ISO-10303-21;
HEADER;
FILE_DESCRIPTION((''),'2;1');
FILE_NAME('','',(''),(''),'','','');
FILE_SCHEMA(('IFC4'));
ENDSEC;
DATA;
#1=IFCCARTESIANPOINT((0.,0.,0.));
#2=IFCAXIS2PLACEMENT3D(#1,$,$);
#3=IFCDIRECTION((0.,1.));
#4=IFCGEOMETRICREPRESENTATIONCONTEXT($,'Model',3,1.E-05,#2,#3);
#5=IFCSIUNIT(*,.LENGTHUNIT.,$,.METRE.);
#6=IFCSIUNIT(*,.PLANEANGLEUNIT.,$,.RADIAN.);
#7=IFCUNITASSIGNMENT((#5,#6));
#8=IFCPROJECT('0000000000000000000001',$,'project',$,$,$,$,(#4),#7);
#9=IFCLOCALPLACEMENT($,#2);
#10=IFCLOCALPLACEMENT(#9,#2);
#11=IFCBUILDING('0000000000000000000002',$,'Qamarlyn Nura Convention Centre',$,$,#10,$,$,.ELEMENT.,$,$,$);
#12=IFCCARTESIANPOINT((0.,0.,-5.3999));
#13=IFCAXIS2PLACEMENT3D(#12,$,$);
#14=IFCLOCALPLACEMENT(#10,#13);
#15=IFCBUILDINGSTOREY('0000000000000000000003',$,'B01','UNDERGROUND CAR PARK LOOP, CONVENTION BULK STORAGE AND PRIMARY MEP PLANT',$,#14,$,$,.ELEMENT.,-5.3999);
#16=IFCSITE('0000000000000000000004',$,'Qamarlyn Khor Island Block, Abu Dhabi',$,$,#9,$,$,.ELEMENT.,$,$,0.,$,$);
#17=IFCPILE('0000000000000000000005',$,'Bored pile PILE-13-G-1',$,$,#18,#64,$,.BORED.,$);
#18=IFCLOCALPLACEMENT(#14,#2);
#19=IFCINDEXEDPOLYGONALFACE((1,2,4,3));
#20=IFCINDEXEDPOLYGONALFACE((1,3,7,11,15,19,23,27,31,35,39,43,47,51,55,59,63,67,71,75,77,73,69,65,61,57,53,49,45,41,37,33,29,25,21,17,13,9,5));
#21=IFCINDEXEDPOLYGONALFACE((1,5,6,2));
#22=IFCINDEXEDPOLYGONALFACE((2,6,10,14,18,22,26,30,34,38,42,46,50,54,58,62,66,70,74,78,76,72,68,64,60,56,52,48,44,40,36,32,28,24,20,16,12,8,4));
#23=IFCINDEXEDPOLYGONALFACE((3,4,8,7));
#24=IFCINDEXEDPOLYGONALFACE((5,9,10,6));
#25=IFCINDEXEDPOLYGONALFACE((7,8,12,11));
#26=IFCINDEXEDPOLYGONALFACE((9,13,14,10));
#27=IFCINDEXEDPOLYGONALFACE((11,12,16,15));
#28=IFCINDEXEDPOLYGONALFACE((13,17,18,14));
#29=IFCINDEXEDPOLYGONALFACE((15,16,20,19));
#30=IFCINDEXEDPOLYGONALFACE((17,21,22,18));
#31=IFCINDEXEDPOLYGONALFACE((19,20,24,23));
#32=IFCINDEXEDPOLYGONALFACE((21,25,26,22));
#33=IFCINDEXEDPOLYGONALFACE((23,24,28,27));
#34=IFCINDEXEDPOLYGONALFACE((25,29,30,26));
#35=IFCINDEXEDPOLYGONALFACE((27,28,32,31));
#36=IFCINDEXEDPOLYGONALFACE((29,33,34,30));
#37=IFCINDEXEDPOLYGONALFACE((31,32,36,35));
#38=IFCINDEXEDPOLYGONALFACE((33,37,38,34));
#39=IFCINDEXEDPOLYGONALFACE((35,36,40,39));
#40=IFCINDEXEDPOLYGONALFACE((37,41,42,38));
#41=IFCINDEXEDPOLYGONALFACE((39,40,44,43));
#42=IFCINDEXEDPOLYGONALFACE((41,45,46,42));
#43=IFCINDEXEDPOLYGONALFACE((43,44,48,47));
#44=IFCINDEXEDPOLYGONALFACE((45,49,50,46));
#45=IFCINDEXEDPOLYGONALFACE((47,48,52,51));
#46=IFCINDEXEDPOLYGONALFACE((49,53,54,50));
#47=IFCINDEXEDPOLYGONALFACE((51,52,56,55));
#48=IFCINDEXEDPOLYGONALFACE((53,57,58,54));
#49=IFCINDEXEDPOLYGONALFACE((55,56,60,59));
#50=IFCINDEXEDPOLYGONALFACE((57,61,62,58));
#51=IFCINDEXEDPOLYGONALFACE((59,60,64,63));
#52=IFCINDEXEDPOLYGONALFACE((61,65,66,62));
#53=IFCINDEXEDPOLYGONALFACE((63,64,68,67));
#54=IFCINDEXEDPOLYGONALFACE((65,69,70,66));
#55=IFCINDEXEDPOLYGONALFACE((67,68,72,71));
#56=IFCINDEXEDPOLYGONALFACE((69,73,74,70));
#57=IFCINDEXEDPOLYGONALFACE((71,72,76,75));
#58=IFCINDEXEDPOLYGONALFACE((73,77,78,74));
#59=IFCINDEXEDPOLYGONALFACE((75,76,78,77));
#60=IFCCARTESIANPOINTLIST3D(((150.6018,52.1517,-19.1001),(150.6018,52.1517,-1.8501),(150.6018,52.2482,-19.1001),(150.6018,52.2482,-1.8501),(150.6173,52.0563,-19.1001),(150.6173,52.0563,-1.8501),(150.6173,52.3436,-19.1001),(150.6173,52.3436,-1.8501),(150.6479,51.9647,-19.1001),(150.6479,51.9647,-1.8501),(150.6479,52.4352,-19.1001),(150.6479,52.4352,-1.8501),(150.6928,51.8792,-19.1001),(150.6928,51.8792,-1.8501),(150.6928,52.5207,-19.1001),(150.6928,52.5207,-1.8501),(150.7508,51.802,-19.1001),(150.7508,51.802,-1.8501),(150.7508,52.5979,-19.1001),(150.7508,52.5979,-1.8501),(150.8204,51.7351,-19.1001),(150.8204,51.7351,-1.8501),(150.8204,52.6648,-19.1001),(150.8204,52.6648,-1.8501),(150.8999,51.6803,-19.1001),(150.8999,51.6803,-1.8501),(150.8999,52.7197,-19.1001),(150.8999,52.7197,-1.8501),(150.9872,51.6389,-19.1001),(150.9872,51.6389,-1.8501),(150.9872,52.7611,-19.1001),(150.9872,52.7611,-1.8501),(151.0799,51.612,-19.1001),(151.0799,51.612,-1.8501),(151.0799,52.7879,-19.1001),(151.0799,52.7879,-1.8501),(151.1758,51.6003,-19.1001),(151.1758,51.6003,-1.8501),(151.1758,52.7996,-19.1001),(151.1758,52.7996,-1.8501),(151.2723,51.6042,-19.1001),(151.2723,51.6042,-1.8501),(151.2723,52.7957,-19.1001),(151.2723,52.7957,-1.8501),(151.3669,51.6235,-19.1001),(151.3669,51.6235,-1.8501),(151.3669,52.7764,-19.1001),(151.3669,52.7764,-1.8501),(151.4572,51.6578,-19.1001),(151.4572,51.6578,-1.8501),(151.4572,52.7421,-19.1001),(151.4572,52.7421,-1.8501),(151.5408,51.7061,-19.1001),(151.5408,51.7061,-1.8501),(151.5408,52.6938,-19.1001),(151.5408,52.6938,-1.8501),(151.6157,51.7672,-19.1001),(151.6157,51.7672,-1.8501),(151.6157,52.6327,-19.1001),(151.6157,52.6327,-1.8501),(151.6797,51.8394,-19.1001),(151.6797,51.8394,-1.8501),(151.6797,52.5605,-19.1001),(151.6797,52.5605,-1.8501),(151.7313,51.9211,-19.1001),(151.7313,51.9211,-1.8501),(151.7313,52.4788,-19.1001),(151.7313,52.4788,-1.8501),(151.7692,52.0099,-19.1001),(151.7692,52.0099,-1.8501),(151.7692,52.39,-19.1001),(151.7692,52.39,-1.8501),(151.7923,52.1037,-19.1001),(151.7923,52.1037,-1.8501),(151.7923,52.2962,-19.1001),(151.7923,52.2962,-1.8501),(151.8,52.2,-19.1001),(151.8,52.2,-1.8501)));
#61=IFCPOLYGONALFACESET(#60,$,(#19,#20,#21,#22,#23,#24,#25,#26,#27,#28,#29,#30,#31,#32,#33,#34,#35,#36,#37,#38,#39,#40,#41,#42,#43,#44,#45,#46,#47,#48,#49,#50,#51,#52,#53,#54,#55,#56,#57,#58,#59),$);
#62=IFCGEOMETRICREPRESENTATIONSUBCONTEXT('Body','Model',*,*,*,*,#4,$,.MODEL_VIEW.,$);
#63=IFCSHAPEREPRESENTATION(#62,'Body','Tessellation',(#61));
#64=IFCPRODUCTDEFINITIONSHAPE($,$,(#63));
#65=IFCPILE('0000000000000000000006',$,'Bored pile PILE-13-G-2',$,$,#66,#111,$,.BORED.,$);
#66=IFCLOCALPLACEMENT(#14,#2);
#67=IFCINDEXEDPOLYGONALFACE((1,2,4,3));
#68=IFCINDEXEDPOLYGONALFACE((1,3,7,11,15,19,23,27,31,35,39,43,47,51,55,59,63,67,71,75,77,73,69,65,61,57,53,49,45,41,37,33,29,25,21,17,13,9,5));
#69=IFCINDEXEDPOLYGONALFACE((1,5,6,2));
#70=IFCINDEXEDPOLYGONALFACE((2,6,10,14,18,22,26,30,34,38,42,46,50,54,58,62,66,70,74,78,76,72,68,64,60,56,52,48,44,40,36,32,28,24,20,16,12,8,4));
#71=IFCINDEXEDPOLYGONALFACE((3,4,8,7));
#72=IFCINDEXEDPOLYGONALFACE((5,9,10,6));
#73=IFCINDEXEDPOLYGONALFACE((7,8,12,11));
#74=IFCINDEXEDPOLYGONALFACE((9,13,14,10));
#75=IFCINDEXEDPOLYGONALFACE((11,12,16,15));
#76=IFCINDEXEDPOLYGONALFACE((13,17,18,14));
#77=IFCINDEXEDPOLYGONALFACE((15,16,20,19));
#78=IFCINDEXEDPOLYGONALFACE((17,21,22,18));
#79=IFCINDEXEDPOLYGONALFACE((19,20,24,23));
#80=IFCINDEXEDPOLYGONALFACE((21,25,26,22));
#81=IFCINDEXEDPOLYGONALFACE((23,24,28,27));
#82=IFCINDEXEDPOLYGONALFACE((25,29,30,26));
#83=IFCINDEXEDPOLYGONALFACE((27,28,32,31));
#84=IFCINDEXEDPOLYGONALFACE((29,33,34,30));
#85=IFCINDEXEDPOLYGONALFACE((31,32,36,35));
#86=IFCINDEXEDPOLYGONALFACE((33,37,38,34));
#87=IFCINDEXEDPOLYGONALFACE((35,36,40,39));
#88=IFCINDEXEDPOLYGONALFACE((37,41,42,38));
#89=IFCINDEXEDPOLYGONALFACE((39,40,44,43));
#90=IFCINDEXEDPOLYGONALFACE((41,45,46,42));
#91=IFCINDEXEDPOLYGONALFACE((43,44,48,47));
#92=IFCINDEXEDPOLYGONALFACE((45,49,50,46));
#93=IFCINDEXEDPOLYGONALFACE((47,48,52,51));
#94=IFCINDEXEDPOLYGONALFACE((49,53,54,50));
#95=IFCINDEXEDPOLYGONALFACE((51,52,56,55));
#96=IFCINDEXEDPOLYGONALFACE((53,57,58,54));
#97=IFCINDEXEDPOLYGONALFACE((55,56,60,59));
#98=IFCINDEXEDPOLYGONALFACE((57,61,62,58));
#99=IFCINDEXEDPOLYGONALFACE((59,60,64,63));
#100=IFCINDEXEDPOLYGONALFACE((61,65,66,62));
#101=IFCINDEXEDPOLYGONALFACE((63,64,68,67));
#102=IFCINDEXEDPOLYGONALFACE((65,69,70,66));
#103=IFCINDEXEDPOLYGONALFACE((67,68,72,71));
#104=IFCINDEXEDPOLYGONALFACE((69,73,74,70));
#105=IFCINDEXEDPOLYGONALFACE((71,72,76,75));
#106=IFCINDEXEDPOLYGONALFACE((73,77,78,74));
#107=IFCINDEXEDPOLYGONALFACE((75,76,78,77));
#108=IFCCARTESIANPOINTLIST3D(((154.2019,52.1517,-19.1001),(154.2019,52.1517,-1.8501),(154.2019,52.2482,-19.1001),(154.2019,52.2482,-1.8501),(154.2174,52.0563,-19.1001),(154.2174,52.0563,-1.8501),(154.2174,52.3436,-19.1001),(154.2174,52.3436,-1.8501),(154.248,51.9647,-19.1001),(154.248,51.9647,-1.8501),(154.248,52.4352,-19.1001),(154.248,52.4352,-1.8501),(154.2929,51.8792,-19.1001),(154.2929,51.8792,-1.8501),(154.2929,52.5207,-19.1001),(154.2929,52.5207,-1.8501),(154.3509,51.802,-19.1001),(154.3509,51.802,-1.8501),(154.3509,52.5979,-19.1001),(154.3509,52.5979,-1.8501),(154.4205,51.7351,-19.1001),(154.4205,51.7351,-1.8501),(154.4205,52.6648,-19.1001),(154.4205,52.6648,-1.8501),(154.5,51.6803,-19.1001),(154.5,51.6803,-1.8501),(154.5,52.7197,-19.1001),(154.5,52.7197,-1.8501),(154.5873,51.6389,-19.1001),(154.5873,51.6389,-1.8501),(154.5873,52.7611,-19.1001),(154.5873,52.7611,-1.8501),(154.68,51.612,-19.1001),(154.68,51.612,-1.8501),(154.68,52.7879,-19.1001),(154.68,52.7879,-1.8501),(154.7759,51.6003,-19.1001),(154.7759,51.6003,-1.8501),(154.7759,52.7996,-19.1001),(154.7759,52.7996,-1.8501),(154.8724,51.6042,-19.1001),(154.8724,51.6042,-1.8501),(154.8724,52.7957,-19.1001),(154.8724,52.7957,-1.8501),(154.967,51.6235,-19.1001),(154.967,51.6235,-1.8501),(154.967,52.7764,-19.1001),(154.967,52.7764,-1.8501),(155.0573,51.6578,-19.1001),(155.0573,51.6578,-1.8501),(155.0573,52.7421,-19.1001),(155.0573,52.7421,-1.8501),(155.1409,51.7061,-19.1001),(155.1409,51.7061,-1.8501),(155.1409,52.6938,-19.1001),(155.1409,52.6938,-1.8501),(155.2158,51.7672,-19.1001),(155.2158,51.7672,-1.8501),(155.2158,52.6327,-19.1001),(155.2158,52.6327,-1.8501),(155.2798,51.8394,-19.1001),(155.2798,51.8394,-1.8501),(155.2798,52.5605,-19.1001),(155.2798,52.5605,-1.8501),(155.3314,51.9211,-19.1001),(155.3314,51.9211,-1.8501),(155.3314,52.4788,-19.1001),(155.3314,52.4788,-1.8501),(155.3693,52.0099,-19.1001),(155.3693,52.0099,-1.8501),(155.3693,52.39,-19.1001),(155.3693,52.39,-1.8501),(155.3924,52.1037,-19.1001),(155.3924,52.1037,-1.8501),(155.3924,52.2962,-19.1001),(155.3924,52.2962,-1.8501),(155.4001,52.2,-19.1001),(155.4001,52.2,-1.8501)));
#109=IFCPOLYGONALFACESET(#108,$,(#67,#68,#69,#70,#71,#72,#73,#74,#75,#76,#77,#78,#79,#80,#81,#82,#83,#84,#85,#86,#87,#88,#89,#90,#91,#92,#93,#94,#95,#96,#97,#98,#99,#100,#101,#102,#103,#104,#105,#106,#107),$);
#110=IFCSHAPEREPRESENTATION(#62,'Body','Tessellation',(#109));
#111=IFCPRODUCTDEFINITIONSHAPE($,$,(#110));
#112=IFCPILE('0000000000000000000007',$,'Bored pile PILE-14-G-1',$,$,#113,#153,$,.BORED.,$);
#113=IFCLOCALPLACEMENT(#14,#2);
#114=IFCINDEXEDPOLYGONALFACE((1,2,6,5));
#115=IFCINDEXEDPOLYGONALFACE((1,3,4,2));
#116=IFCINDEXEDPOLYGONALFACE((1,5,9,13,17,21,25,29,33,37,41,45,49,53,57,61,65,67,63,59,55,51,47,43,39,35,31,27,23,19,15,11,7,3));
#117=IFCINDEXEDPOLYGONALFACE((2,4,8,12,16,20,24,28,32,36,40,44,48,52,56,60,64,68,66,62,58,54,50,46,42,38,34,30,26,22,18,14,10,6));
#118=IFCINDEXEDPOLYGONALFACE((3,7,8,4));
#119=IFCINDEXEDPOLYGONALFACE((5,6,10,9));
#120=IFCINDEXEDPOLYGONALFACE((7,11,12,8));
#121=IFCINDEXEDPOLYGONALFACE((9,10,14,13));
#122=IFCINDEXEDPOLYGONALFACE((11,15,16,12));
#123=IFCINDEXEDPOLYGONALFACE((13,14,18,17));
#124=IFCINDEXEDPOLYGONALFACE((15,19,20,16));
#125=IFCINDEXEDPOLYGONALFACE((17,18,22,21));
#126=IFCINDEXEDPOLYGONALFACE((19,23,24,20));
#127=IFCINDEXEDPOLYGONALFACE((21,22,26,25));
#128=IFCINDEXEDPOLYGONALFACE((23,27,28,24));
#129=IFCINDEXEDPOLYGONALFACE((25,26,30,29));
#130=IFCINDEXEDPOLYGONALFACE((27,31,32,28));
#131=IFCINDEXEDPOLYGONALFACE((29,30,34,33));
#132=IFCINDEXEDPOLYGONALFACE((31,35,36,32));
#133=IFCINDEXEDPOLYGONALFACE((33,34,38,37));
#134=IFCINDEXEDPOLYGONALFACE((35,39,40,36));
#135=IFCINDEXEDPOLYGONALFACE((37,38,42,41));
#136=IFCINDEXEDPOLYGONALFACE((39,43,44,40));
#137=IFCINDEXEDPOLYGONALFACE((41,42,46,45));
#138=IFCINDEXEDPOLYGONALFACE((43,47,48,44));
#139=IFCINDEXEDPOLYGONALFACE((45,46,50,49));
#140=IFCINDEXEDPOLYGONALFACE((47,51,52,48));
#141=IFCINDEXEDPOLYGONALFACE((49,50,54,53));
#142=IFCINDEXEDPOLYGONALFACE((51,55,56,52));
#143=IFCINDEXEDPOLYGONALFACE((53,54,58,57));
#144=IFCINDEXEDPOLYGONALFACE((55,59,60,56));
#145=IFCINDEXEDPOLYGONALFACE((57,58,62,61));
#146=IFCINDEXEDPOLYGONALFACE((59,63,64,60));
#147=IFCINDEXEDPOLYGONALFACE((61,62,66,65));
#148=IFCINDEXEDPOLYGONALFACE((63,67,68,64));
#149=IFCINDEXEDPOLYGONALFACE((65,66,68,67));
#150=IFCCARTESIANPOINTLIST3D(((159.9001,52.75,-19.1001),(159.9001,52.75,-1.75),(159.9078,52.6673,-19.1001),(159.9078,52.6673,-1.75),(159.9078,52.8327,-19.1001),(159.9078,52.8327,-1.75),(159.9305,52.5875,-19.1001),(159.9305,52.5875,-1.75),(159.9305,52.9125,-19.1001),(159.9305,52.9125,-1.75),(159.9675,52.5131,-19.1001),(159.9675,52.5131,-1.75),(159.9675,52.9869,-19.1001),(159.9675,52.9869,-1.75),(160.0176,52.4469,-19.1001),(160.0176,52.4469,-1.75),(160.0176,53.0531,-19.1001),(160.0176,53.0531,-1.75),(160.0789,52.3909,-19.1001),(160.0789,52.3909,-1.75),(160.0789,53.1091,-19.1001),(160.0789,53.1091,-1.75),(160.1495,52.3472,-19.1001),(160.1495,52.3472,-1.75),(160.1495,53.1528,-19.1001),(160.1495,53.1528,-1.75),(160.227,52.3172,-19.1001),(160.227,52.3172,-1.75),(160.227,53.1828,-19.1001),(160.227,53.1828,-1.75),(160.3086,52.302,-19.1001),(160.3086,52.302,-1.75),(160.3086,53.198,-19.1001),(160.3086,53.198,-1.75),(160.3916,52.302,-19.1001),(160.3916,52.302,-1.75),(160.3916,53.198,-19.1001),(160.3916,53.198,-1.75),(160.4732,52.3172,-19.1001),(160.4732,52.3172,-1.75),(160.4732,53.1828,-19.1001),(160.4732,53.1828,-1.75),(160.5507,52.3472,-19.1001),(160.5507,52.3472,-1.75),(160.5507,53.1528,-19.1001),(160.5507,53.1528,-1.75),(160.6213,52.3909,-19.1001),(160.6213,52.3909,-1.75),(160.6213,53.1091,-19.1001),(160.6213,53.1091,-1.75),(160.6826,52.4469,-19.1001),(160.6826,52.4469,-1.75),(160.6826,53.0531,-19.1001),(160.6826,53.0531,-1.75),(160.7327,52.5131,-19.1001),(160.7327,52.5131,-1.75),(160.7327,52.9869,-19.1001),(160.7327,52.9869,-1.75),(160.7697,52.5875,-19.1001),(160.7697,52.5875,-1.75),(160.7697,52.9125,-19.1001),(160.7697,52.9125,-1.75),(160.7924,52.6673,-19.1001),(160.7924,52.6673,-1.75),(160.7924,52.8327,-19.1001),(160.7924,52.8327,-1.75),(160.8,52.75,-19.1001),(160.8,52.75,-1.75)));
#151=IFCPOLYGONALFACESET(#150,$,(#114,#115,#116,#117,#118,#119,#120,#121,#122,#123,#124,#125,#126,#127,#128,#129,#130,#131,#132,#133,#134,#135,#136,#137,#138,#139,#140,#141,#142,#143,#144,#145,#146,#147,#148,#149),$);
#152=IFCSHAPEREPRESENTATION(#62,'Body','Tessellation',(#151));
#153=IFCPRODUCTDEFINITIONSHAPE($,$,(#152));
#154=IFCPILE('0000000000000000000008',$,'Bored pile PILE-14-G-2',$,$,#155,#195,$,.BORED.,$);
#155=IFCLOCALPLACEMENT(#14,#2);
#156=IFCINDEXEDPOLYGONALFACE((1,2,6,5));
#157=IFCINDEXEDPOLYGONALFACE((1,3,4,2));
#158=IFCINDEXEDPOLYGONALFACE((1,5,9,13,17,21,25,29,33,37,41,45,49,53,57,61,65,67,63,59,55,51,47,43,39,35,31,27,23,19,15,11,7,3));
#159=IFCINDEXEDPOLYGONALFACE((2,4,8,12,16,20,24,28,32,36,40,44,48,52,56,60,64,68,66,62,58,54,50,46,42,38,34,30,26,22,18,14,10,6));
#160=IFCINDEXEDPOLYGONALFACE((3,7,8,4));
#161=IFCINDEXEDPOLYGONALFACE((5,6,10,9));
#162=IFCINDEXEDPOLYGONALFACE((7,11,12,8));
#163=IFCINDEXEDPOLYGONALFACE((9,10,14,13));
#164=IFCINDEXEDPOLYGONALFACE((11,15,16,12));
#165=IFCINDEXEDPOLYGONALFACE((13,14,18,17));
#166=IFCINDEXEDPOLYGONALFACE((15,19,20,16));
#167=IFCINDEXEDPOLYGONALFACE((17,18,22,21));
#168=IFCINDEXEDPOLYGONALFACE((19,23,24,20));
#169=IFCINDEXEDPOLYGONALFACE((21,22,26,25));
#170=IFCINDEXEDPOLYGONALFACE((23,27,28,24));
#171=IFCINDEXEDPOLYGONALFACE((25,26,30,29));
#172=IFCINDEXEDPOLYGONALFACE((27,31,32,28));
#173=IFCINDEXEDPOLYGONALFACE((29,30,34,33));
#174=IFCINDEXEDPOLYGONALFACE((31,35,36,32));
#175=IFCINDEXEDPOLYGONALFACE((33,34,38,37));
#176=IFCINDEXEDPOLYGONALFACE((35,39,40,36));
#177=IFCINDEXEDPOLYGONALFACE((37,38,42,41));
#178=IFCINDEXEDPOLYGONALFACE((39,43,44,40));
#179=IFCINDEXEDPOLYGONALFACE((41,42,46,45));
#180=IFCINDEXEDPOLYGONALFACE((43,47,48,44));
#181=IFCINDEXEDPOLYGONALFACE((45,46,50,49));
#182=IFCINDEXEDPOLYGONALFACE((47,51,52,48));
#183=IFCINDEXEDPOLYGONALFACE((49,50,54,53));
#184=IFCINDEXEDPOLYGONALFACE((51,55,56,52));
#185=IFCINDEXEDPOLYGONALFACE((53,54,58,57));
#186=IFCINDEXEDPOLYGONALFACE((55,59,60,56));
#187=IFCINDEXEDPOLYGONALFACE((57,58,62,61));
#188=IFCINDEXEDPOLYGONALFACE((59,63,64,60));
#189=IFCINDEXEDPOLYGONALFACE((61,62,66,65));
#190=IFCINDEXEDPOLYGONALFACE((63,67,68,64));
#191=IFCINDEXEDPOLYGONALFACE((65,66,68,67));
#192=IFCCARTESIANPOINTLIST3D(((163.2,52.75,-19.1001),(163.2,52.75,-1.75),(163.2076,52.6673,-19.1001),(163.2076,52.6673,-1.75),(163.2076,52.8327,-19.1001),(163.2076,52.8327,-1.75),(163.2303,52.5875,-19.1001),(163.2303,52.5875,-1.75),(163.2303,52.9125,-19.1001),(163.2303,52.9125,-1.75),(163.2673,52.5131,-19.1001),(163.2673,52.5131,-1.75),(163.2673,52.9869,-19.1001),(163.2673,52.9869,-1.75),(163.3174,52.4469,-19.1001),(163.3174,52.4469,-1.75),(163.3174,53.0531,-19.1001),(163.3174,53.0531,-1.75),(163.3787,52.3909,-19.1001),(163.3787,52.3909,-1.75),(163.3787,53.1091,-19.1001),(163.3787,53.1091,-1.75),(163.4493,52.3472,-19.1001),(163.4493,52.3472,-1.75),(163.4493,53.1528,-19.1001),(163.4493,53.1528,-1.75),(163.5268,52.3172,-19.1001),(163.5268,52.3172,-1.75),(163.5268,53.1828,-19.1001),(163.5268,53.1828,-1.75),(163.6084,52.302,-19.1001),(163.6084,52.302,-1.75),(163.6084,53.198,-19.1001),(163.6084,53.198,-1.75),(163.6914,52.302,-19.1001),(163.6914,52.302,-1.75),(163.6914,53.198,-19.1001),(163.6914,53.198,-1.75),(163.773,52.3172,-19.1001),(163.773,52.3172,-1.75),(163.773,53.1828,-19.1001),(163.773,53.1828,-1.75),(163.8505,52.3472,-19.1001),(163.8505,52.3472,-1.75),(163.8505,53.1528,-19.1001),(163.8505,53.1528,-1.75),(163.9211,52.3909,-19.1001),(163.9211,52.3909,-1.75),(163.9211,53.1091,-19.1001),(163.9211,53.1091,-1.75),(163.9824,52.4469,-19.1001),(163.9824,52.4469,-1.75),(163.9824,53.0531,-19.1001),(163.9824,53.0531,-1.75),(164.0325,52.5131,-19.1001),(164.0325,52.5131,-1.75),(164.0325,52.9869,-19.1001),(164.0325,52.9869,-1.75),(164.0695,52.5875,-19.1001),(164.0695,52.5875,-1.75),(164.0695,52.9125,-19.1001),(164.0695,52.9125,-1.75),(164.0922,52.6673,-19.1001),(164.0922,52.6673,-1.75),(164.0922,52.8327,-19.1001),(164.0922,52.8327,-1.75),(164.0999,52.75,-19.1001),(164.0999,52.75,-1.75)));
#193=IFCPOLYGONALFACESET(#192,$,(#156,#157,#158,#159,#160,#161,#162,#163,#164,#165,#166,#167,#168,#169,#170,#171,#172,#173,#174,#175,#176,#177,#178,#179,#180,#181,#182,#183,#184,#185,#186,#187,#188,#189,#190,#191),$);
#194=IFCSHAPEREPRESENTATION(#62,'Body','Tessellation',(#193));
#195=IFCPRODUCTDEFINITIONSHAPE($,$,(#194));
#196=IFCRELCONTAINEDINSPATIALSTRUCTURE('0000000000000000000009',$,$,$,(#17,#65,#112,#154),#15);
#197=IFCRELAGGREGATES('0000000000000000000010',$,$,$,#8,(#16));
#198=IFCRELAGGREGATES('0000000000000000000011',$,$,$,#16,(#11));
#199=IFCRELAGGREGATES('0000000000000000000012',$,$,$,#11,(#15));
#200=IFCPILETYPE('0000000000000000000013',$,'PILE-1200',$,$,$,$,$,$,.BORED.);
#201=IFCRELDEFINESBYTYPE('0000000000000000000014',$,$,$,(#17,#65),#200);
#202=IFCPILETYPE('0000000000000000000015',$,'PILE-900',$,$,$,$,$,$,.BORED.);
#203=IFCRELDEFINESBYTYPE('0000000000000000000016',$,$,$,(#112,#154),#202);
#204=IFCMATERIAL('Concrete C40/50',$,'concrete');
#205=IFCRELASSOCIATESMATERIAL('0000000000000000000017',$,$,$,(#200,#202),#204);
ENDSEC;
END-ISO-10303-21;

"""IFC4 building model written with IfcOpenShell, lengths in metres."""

from ifc_helpers import new_model, si_unit, direction, frame, origin, origin_2d, place, context, subcontext, project, spatial, circle, extrude, material, material_profile, profile_set, type_object, element, save


model = new_model("IFC4")

# Units and contexts
model_context = context("Model", 3, precision=1e-05, world=origin(), true_north=direction((0.0, 1.0)))
body_context = subcontext(model_context, "Body", "Model", "MODEL_VIEW")
ifc_project = project(units=[si_unit("LENGTHUNIT", "METRE"), si_unit("PLANEANGLEUNIT", "RADIAN")], contexts=[model_context])

# Site, building, storey
site_placement = place(None, origin())
site = spatial("IfcSite", under=ifc_project, at=site_placement, Name="Qamarlyn Khor Island Block, Abu Dhabi", CompositionType="ELEMENT", RefElevation=0.0)
building_placement = place(site_placement, origin())
building = spatial("IfcBuilding", under=site, at=building_placement, Name="Qamarlyn Nura Convention Centre", CompositionType="ELEMENT")
storey_placement = place(building_placement, frame((0.0, 0.0, -5.3999)))
storey = spatial("IfcBuildingStorey", under=building, at=storey_placement, Name="B01", Description="UNDERGROUND CAR PARK LOOP, CONVENTION BULK STORAGE AND PRIMARY MEP PLANT", CompositionType="ELEMENT", Elevation=-5.3999)

# Shared definitions
ifc_material_1 = material(Name="Concrete C40/50", Category="concrete")

# Piles
ifc_material_profile_1 = material_profile(ifc_material_1, circle(Radius=0.6001, at=origin_2d()), Name="BORED PILE 1200")
ifc_profile_set_1 = profile_set([ifc_material_profile_1], Name="Concrete C40/50")
pile_type_1 = type_object("IfcPileType", Name="PILE-1200", PredefinedType="BORED", material=ifc_profile_set_1)
for number, where, z_axis, x_axis, name in (
    (1, (151.2, 52.2, -1.8501), (0.0, 0.0, -1.0), (1.0, 0.0, 0.0), "Bored pile PILE-13-G-1"),
    (2, (154.8, 52.2, -1.8501), (0.0, 0.0, -1.0), (1.0, 0.0, 0.0), "Bored pile PILE-13-G-2"),
):
    element("IfcPile", number, at=place(storey_placement, frame(where, z_axis=z_axis, x_axis=x_axis)), inside=storey, type_object=pile_type_1, Name=name, PredefinedType="BORED", context=body_context, shape_type="SweptSolid", body=[
        extrude(circle(Radius=0.6001, at=origin_2d()), origin(), (0.0, 0.0, 1.0), 17.25),
    ])
ifc_material_profile_2 = material_profile(ifc_material_1, circle(Radius=0.45, at=origin_2d()), Name="BORED PILE 900")
ifc_profile_set_2 = profile_set([ifc_material_profile_2], Name="Concrete C40/50")
pile_type_2 = type_object("IfcPileType", Name="PILE-900", PredefinedType="BORED", material=ifc_profile_set_2)
for number, where, z_axis, x_axis, name in (
    (3, (160.3501, 52.75, -1.75), (0.0, 0.0, -1.0), (1.0, 0.0, 0.0), "Bored pile PILE-14-G-1"),
    (4, (163.6499, 52.75, -1.75), (0.0, 0.0, -1.0), (1.0, 0.0, 0.0), "Bored pile PILE-14-G-2"),
):
    element("IfcPile", number, at=place(storey_placement, frame(where, z_axis=z_axis, x_axis=x_axis)), inside=storey, type_object=pile_type_2, Name=name, PredefinedType="BORED", context=body_context, shape_type="SweptSolid", body=[
        extrude(circle(Radius=0.45, at=origin_2d()), origin(), (0.0, 0.0, 1.0), 17.3501),
    ])

save(model, "model.ifc")
